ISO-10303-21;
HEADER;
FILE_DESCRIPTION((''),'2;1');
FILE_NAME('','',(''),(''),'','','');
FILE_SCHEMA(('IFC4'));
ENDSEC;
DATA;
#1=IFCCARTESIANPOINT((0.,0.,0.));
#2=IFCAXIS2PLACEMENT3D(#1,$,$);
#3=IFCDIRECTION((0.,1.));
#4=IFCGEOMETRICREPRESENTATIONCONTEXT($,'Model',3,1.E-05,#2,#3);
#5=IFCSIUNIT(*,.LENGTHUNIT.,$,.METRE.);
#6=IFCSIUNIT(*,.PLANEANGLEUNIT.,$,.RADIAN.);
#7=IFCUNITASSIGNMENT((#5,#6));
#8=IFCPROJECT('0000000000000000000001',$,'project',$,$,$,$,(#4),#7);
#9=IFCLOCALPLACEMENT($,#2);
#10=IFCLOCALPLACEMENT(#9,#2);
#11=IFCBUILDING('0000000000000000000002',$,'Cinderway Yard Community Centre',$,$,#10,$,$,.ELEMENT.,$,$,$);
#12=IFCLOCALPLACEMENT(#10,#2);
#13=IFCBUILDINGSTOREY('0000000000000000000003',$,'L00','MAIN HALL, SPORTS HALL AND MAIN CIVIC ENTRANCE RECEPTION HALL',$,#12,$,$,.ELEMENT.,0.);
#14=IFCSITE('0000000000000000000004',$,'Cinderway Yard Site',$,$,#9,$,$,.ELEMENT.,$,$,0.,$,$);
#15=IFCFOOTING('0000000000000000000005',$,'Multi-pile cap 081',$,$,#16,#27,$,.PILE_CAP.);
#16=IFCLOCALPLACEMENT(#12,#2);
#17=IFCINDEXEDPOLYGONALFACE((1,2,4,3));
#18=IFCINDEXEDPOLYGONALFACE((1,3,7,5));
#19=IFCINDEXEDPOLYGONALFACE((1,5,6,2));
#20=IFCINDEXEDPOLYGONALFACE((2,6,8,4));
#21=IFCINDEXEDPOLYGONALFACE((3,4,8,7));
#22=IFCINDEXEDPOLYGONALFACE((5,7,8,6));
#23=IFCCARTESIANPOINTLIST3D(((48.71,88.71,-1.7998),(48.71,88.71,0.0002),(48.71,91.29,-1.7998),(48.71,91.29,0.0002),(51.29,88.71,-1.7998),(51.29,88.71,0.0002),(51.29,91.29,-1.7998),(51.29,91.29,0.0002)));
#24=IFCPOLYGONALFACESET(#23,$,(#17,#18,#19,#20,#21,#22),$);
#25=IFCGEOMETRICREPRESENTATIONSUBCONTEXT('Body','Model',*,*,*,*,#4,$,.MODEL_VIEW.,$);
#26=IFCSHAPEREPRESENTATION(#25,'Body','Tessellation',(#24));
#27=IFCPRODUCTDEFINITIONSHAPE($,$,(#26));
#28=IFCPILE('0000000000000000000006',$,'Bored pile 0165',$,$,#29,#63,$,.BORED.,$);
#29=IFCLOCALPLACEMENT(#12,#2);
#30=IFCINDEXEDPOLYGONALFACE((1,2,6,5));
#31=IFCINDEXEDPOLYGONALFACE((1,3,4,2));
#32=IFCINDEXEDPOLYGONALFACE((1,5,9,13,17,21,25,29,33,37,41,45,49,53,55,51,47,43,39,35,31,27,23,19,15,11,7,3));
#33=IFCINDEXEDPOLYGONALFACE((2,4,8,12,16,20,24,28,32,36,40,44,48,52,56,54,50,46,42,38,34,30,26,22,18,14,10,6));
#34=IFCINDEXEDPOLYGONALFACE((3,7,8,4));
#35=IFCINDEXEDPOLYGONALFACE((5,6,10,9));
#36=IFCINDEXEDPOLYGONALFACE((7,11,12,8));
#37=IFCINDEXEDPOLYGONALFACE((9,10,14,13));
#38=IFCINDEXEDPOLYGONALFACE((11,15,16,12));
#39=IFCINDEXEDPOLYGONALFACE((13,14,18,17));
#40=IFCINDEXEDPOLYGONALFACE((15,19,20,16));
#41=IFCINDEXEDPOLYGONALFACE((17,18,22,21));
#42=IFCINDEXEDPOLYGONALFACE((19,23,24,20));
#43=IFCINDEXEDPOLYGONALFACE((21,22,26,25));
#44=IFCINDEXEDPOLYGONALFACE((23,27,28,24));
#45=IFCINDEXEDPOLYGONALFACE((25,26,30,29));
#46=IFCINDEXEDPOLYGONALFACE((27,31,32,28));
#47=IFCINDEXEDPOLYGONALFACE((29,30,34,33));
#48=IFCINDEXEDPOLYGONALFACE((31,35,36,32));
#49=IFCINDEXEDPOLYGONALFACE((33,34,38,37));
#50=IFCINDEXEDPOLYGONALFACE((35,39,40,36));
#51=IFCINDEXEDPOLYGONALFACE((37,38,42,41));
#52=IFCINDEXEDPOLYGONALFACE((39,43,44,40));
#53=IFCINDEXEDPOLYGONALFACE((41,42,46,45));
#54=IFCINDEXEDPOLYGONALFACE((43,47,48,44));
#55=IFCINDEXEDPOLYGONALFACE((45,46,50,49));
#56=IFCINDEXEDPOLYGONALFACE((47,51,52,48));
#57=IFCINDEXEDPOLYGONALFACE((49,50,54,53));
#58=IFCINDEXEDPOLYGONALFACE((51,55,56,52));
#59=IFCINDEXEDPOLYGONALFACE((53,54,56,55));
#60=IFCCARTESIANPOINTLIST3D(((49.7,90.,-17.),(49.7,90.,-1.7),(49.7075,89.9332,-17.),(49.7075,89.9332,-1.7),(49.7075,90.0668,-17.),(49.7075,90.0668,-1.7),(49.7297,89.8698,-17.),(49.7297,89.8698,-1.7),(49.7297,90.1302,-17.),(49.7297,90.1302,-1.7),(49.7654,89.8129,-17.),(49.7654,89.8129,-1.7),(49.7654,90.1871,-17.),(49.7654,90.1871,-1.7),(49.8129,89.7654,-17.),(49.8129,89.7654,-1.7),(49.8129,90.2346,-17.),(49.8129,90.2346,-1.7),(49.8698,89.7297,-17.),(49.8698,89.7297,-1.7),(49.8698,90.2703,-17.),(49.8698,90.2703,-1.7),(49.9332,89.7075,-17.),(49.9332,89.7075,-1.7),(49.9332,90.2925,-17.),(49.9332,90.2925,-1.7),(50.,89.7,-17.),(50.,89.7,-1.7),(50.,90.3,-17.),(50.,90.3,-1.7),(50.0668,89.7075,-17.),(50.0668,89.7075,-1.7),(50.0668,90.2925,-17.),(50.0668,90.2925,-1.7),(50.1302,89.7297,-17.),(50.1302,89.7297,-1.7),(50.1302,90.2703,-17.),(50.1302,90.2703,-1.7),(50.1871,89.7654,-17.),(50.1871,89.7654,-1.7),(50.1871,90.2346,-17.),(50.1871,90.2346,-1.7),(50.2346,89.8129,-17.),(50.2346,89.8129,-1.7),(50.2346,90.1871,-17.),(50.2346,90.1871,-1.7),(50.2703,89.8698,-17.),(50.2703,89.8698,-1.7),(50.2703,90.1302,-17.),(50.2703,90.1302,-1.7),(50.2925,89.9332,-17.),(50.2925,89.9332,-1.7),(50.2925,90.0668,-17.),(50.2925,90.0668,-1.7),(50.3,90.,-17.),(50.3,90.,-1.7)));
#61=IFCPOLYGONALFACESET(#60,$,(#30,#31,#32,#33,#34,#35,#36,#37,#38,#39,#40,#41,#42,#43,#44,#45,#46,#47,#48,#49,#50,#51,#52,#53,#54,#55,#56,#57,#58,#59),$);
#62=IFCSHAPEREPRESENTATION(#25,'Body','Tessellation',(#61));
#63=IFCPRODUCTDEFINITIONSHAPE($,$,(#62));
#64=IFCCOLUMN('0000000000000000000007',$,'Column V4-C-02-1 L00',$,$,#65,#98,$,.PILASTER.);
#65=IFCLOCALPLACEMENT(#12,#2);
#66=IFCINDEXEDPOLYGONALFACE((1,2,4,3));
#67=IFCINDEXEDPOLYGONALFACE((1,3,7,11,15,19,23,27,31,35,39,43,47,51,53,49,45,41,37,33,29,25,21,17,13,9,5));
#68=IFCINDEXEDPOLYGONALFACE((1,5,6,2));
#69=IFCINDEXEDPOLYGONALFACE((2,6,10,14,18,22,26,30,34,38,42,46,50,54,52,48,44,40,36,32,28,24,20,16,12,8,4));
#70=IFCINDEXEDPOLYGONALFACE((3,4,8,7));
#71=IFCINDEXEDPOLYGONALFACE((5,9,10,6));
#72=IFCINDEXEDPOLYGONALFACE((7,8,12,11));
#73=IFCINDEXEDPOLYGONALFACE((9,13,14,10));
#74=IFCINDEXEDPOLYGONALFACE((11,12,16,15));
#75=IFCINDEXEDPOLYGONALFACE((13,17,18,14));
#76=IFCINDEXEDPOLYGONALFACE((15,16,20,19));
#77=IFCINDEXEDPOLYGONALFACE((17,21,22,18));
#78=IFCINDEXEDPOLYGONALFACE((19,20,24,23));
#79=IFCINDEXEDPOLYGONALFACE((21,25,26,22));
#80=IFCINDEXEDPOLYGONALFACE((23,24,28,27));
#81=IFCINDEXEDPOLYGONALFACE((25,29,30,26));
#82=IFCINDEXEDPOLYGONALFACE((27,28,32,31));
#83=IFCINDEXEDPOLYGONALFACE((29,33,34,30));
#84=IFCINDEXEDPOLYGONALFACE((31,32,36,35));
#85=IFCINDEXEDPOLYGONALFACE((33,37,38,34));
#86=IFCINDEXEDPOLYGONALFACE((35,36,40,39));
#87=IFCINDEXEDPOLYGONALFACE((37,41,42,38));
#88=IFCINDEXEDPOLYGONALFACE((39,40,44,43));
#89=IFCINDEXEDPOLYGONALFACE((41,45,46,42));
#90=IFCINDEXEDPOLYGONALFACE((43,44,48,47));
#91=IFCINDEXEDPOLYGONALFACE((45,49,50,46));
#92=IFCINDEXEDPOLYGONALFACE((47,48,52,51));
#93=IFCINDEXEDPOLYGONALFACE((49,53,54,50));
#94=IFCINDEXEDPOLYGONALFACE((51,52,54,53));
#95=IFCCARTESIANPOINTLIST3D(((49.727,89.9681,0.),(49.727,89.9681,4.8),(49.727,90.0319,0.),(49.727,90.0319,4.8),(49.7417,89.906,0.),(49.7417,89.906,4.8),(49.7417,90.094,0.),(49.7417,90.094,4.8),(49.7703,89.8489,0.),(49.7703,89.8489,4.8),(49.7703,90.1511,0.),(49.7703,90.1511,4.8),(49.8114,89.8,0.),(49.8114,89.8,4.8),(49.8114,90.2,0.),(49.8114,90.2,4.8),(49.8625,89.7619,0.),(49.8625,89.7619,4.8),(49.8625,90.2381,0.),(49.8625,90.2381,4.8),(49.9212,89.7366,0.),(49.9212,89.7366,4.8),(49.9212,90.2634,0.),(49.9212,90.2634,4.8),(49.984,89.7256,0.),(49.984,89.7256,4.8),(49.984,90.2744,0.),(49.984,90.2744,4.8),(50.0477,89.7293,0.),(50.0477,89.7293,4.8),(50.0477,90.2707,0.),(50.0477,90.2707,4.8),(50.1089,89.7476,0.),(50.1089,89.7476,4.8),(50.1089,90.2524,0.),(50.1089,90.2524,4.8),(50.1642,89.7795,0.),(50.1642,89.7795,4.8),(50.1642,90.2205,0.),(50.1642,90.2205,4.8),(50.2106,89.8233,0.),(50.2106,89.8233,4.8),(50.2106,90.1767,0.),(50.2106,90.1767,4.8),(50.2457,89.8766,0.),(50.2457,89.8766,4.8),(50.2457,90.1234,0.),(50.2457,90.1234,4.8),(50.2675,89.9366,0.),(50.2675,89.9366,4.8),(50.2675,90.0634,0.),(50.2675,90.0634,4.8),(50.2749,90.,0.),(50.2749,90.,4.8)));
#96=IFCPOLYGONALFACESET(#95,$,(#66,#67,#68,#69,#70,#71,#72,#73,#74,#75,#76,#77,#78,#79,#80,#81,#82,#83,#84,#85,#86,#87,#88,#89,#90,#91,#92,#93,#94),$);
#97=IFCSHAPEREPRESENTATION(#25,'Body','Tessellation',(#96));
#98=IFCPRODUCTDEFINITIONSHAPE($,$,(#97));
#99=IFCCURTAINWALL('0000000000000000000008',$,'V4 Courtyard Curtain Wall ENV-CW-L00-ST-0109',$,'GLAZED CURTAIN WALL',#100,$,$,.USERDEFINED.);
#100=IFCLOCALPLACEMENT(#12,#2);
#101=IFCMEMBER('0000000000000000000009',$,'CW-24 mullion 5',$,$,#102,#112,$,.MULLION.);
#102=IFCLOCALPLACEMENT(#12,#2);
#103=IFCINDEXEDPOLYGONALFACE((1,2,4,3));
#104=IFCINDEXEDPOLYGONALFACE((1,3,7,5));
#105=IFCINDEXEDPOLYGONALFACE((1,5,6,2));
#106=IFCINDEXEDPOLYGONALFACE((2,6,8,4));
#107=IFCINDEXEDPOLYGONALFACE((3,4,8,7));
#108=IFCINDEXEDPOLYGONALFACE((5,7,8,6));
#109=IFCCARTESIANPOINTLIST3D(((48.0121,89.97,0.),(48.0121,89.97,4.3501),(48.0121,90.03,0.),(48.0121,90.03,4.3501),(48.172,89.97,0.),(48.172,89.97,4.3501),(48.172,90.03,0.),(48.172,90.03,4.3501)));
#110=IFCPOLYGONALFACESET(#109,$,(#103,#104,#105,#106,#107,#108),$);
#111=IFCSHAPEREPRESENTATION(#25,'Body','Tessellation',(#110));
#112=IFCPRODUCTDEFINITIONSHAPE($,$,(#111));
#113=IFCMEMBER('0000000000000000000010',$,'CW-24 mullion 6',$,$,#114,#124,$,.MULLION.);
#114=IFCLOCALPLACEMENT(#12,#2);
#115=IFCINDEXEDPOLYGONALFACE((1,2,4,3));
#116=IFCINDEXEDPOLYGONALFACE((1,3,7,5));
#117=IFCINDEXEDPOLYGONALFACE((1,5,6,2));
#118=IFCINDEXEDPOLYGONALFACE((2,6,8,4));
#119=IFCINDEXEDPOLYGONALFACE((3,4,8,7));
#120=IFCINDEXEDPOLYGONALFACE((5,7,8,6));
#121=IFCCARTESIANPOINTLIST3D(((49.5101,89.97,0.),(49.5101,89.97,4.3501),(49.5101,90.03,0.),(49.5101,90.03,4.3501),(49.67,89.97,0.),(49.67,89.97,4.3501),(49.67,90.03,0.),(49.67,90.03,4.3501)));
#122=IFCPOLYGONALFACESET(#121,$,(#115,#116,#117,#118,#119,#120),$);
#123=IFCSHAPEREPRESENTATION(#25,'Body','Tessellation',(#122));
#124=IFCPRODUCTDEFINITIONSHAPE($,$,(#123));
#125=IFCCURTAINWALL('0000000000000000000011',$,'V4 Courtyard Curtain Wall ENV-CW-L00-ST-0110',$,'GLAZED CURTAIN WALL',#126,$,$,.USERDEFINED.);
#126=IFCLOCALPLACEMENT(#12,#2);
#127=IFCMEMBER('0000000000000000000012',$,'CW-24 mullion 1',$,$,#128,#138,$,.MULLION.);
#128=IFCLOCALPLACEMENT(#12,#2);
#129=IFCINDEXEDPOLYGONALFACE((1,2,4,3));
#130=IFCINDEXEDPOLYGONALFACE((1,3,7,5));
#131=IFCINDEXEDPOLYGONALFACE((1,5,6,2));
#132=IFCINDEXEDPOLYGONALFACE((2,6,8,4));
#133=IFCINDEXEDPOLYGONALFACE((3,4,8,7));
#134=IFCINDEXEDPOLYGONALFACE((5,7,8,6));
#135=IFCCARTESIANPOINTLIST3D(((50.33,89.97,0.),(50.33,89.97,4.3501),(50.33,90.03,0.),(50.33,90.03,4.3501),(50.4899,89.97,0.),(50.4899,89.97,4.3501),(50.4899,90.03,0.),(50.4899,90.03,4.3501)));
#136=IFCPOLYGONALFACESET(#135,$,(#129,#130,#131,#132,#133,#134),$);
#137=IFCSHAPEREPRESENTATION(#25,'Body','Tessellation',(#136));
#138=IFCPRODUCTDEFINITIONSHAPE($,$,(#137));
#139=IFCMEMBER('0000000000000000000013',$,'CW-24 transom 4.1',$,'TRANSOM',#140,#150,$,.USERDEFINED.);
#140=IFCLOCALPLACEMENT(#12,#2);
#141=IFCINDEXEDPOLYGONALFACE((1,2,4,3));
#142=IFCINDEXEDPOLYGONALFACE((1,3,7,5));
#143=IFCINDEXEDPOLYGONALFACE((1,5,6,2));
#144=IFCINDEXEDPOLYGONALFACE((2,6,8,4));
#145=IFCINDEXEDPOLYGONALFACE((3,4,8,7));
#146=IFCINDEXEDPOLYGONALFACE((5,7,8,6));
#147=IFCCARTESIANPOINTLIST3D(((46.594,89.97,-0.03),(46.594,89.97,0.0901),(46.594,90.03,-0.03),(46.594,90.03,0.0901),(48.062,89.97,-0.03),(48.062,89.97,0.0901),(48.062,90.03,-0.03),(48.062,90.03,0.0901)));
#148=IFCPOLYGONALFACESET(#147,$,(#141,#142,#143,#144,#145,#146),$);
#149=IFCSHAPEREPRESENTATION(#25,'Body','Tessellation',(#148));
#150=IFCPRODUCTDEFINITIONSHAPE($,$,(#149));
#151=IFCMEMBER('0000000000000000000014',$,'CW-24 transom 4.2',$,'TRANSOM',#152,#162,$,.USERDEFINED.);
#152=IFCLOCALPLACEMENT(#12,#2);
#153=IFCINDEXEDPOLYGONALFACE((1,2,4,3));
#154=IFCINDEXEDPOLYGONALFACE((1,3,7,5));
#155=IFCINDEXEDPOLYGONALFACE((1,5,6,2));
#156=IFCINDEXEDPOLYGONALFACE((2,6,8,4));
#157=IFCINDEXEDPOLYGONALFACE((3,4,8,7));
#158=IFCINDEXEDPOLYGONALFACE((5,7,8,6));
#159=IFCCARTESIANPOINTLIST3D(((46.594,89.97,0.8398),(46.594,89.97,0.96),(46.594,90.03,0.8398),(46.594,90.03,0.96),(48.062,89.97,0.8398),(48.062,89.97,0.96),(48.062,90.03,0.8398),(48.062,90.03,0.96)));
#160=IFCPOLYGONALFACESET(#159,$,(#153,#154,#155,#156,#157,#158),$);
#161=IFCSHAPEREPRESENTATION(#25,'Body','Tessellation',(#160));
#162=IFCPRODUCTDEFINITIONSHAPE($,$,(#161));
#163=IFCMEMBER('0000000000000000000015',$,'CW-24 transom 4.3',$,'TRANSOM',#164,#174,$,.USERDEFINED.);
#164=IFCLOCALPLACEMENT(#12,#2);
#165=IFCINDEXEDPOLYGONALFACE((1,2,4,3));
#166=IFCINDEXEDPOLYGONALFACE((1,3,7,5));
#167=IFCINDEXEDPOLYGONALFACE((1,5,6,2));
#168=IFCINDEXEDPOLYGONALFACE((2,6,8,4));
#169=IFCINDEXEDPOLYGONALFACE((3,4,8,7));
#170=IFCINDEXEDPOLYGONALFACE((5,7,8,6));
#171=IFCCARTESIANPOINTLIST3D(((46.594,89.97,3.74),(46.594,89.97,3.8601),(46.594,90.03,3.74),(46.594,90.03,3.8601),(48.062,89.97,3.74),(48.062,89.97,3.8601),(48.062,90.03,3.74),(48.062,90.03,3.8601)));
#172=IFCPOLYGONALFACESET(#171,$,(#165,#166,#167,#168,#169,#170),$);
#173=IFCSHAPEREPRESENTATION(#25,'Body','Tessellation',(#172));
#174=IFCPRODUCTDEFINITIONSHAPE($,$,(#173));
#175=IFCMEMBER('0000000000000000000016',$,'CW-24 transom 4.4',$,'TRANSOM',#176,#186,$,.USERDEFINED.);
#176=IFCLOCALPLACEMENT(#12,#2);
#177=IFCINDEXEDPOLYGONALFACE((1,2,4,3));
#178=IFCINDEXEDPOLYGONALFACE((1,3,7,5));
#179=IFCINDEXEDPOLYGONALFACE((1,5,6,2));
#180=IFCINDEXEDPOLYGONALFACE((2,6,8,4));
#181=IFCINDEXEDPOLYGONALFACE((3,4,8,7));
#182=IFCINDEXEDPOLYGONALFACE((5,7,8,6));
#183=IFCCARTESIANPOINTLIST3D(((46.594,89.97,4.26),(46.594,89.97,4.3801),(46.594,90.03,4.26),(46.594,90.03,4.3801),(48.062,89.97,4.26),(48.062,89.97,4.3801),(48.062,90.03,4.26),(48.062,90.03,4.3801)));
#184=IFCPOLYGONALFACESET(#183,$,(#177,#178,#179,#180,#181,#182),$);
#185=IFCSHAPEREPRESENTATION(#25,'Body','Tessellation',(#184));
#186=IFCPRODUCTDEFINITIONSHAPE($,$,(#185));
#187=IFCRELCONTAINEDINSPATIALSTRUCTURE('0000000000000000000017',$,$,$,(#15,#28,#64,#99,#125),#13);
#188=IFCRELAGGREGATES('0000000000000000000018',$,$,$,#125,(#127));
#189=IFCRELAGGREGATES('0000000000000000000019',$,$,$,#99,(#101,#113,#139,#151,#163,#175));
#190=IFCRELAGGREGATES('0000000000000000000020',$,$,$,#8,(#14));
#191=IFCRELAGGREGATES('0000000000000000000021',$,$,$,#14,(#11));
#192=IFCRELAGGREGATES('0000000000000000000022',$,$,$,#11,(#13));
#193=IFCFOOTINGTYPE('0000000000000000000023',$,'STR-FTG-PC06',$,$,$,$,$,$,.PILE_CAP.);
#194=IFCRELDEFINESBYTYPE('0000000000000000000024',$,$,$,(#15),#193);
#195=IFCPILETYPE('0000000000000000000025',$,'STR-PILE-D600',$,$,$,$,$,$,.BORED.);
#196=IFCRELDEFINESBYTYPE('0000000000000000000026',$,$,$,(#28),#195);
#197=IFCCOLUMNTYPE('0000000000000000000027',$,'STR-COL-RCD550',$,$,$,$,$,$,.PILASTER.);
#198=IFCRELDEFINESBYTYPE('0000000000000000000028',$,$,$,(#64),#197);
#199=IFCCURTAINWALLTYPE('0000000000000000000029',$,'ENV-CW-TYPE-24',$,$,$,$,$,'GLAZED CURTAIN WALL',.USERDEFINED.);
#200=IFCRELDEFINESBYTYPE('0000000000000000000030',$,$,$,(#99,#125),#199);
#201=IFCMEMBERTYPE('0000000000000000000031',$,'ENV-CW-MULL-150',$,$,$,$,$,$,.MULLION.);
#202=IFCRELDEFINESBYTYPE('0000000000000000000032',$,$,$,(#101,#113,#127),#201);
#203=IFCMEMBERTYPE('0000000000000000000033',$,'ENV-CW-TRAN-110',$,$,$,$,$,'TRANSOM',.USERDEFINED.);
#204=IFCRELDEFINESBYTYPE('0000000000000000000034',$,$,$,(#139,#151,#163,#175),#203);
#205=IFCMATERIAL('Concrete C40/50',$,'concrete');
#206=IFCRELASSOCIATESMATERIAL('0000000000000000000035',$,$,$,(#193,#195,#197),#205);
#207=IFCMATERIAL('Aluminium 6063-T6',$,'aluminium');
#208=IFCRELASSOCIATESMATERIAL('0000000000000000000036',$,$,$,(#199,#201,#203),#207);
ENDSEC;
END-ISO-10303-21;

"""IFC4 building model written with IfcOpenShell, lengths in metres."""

from ifc_helpers import new_model, si_unit, direction, frame, origin, origin_2d, place, context, subcontext, project, spatial, rectangle, circle, extrude, material, material_profile, profile_set, type_object, element, aggregate, save


model = new_model("IFC4")

# Units and contexts
model_context = context("Model", 3, precision=1e-05, world=origin(), true_north=direction((0.0, 1.0)))
body_context = subcontext(model_context, "Body", "Model", "MODEL_VIEW")
ifc_project = project(units=[si_unit("LENGTHUNIT", "METRE"), si_unit("PLANEANGLEUNIT", "RADIAN")], contexts=[model_context])

# Site, building, storey
site_placement = place(None, origin())
site = spatial("IfcSite", under=ifc_project, at=site_placement, Name="Cinderway Yard Site", CompositionType="ELEMENT", RefElevation=0.0)
building_placement = place(site_placement, origin())
building = spatial("IfcBuilding", under=site, at=building_placement, Name="Cinderway Yard Community Centre", CompositionType="ELEMENT")
storey_placement = place(building_placement, origin())
storey = spatial("IfcBuildingStorey", under=building, at=storey_placement, Name="L00", Description="MAIN HALL, SPORTS HALL AND MAIN CIVIC ENTRANCE RECEPTION HALL", CompositionType="ELEMENT", Elevation=0.0)

# Footing
ifc_material_1 = material(Name="Concrete C40/50", Category="concrete")
footing_type = type_object("IfcFootingType", Name="STR-FTG-PC06", PredefinedType="PILE_CAP", material=ifc_material_1)
footing_placement = place(storey_placement, frame((50.0, 90.0, -1.7998), z_axis=(0.0, 0.0, 1.0), x_axis=(1.0, 0.0, 0.0)))
element("IfcFooting", 1, at=footing_placement, inside=storey, type_object=footing_type, Name="Multi-pile cap 081", PredefinedType="PILE_CAP", context=body_context, shape_type="SweptSolid", body=[
    extrude(rectangle(XDim=2.5801, YDim=2.5801, at=origin_2d()), origin(), (0.0, 0.0, 1.0), 1.8),
])

# Pile
ifc_material_profile_1 = material_profile(ifc_material_1, circle(Radius=0.3, at=origin_2d()), Name="Concrete C40/50")
ifc_profile_set_1 = profile_set([ifc_material_profile_1], Name="Concrete C40/50")
pile_type = type_object("IfcPileType", Name="STR-PILE-D600", PredefinedType="BORED", material=ifc_profile_set_1)
pile_placement = place(storey_placement, frame((50.0, 90.0, -1.7), z_axis=(0.0, 0.0, -1.0), x_axis=(1.0, 0.0, 0.0)))
element("IfcPile", 2, at=pile_placement, inside=storey, type_object=pile_type, Name="Bored pile 0165", PredefinedType="BORED", context=body_context, shape_type="SweptSolid", body=[
    extrude(circle(Radius=0.3, at=origin_2d()), origin(), (0.0, 0.0, 1.0), 15.3),
])

# Column
ifc_material_profile_2 = material_profile(ifc_material_1, circle(Radius=0.2749, at=origin_2d()), Name="Concrete C40/50")
ifc_profile_set_2 = profile_set([ifc_material_profile_2], Name="Concrete C40/50")
column_type = type_object("IfcColumnType", Name="STR-COL-RCD550", PredefinedType="PILASTER", material=ifc_profile_set_2)
column_placement = place(storey_placement, frame((50.0, 90.0, 0.0), z_axis=(0.0, 0.0, 1.0), x_axis=(1.0, 0.0, 0.0)))
element("IfcColumn", 3, at=column_placement, inside=storey, type_object=column_type, Name="Column V4-C-02-1 L00", PredefinedType="PILASTER", context=body_context, shape_type="SweptSolid", body=[
    extrude(circle(Radius=0.2749, at=origin_2d()), origin(), (0.0, 0.0, 1.0), 4.8),
])

# Curtain wall, members
ifc_material_2 = material(Name="Aluminium 6063-T6", Category="aluminium")
curtain_wall_type = type_object("IfcCurtainWallType", Name="ENV-CW-TYPE-24", ElementType="GLAZED CURTAIN WALL", PredefinedType="USERDEFINED", material=ifc_material_2)
curtain_wall_1_placement = place(storey_placement, origin())
curtain_wall_1 = element("IfcCurtainWall", 4, at=curtain_wall_1_placement, inside=storey, type_object=curtain_wall_type, Name="V4 Courtyard Curtain Wall ENV-CW-L00-ST-0109", ObjectType="GLAZED CURTAIN WALL", PredefinedType="USERDEFINED")
ifc_material_profile_3 = material_profile(ifc_material_2, rectangle(XDim=0.0601, YDim=0.1599, at=origin_2d()), Name="Aluminium 6063-T6")
ifc_profile_set_3 = profile_set([ifc_material_profile_3], Name="Aluminium 6063-T6")
member_type_1 = type_object("IfcMemberType", Name="ENV-CW-MULL-150", PredefinedType="MULLION", material=ifc_profile_set_3)
member_1_placement = place(storey_placement, frame((48.092, 90.0, 0.0), z_axis=(0.0, 0.0, 1.0), x_axis=(0.0, 1.0, 0.0)))
member_1 = element("IfcMember", 5, at=member_1_placement, type_object=member_type_1, Name="CW-24 mullion 5", PredefinedType="MULLION", context=body_context, shape_type="SweptSolid", body=[
    extrude(rectangle(XDim=0.0601, YDim=0.1599, at=origin_2d()), origin(), (0.0, 0.0, 1.0), 4.3501),
])
member_2_placement = place(storey_placement, frame((49.5901, 90.0, 0.0), z_axis=(0.0, 0.0, 1.0), x_axis=(0.0, 1.0, 0.0)))
member_2 = element("IfcMember", 6, at=member_2_placement, type_object=member_type_1, Name="CW-24 mullion 6", PredefinedType="MULLION", context=body_context, shape_type="SweptSolid", body=[
    extrude(rectangle(XDim=0.0601, YDim=0.1599, at=origin_2d()), origin(), (0.0, 0.0, 1.0), 4.3501),
])

# Curtain wall, member
curtain_wall_2_placement = place(storey_placement, origin())
curtain_wall_2 = element("IfcCurtainWall", 7, at=curtain_wall_2_placement, inside=storey, type_object=curtain_wall_type, Name="V4 Courtyard Curtain Wall ENV-CW-L00-ST-0110", ObjectType="GLAZED CURTAIN WALL", PredefinedType="USERDEFINED")
member_3_placement = place(storey_placement, frame((50.4099, 90.0, 0.0), z_axis=(0.0, 0.0, 1.0), x_axis=(0.0, 1.0, 0.0)))
member_3 = element("IfcMember", 8, at=member_3_placement, type_object=member_type_1, Name="CW-24 mullion 1", PredefinedType="MULLION", context=body_context, shape_type="SweptSolid", body=[
    extrude(rectangle(XDim=0.0601, YDim=0.1599, at=origin_2d()), origin(), (0.0, 0.0, 1.0), 4.3501),
])
aggregate(curtain_wall_2, [member_3])

# Members
ifc_material_profile_4 = material_profile(ifc_material_2, rectangle(XDim=0.0601, YDim=0.1201, at=origin_2d()), Name="Aluminium 6063-T6")
ifc_profile_set_4 = profile_set([ifc_material_profile_4], Name="Aluminium 6063-T6")
member_type_2 = type_object("IfcMemberType", Name="ENV-CW-TRAN-110", ElementType="TRANSOM", PredefinedType="USERDEFINED", material=ifc_profile_set_4)
member_4_placement = place(storey_placement, frame((46.594, 90.0, 0.03), z_axis=(1.0, 0.0, 0.0), x_axis=(0.0, 1.0, 0.0)))
member_4 = element("IfcMember", 9, at=member_4_placement, type_object=member_type_2, Name="CW-24 transom 4.1", ObjectType="TRANSOM", PredefinedType="USERDEFINED", context=body_context, shape_type="SweptSolid", body=[
    extrude(rectangle(XDim=0.0601, YDim=0.1201, at=origin_2d()), origin(), (0.0, 0.0, 1.0), 1.468),
])
member_5_placement = place(storey_placement, frame((46.594, 90.0, 0.8999), z_axis=(1.0, 0.0, 0.0), x_axis=(0.0, 1.0, 0.0)))
member_5 = element("IfcMember", 10, at=member_5_placement, type_object=member_type_2, Name="CW-24 transom 4.2", ObjectType="TRANSOM", PredefinedType="USERDEFINED", context=body_context, shape_type="SweptSolid", body=[
    extrude(rectangle(XDim=0.0601, YDim=0.1201, at=origin_2d()), origin(), (0.0, 0.0, 1.0), 1.468),
])
member_6_placement = place(storey_placement, frame((46.594, 90.0, 3.8), z_axis=(1.0, 0.0, 0.0), x_axis=(0.0, 1.0, 0.0)))
member_6 = element("IfcMember", 11, at=member_6_placement, type_object=member_type_2, Name="CW-24 transom 4.3", ObjectType="TRANSOM", PredefinedType="USERDEFINED", context=body_context, shape_type="SweptSolid", body=[
    extrude(rectangle(XDim=0.0601, YDim=0.1201, at=origin_2d()), origin(), (0.0, 0.0, 1.0), 1.468),
])
member_7_placement = place(storey_placement, frame((46.594, 90.0, 4.3201), z_axis=(1.0, 0.0, 0.0), x_axis=(0.0, 1.0, 0.0)))
member_7 = element("IfcMember", 12, at=member_7_placement, type_object=member_type_2, Name="CW-24 transom 4.4", ObjectType="TRANSOM", PredefinedType="USERDEFINED", context=body_context, shape_type="SweptSolid", body=[
    extrude(rectangle(XDim=0.0601, YDim=0.1201, at=origin_2d()), origin(), (0.0, 0.0, 1.0), 1.468),
])

aggregate(curtain_wall_1, [member_1, member_2, member_4, member_5, member_6, member_7])

save(model, "model.ifc")
